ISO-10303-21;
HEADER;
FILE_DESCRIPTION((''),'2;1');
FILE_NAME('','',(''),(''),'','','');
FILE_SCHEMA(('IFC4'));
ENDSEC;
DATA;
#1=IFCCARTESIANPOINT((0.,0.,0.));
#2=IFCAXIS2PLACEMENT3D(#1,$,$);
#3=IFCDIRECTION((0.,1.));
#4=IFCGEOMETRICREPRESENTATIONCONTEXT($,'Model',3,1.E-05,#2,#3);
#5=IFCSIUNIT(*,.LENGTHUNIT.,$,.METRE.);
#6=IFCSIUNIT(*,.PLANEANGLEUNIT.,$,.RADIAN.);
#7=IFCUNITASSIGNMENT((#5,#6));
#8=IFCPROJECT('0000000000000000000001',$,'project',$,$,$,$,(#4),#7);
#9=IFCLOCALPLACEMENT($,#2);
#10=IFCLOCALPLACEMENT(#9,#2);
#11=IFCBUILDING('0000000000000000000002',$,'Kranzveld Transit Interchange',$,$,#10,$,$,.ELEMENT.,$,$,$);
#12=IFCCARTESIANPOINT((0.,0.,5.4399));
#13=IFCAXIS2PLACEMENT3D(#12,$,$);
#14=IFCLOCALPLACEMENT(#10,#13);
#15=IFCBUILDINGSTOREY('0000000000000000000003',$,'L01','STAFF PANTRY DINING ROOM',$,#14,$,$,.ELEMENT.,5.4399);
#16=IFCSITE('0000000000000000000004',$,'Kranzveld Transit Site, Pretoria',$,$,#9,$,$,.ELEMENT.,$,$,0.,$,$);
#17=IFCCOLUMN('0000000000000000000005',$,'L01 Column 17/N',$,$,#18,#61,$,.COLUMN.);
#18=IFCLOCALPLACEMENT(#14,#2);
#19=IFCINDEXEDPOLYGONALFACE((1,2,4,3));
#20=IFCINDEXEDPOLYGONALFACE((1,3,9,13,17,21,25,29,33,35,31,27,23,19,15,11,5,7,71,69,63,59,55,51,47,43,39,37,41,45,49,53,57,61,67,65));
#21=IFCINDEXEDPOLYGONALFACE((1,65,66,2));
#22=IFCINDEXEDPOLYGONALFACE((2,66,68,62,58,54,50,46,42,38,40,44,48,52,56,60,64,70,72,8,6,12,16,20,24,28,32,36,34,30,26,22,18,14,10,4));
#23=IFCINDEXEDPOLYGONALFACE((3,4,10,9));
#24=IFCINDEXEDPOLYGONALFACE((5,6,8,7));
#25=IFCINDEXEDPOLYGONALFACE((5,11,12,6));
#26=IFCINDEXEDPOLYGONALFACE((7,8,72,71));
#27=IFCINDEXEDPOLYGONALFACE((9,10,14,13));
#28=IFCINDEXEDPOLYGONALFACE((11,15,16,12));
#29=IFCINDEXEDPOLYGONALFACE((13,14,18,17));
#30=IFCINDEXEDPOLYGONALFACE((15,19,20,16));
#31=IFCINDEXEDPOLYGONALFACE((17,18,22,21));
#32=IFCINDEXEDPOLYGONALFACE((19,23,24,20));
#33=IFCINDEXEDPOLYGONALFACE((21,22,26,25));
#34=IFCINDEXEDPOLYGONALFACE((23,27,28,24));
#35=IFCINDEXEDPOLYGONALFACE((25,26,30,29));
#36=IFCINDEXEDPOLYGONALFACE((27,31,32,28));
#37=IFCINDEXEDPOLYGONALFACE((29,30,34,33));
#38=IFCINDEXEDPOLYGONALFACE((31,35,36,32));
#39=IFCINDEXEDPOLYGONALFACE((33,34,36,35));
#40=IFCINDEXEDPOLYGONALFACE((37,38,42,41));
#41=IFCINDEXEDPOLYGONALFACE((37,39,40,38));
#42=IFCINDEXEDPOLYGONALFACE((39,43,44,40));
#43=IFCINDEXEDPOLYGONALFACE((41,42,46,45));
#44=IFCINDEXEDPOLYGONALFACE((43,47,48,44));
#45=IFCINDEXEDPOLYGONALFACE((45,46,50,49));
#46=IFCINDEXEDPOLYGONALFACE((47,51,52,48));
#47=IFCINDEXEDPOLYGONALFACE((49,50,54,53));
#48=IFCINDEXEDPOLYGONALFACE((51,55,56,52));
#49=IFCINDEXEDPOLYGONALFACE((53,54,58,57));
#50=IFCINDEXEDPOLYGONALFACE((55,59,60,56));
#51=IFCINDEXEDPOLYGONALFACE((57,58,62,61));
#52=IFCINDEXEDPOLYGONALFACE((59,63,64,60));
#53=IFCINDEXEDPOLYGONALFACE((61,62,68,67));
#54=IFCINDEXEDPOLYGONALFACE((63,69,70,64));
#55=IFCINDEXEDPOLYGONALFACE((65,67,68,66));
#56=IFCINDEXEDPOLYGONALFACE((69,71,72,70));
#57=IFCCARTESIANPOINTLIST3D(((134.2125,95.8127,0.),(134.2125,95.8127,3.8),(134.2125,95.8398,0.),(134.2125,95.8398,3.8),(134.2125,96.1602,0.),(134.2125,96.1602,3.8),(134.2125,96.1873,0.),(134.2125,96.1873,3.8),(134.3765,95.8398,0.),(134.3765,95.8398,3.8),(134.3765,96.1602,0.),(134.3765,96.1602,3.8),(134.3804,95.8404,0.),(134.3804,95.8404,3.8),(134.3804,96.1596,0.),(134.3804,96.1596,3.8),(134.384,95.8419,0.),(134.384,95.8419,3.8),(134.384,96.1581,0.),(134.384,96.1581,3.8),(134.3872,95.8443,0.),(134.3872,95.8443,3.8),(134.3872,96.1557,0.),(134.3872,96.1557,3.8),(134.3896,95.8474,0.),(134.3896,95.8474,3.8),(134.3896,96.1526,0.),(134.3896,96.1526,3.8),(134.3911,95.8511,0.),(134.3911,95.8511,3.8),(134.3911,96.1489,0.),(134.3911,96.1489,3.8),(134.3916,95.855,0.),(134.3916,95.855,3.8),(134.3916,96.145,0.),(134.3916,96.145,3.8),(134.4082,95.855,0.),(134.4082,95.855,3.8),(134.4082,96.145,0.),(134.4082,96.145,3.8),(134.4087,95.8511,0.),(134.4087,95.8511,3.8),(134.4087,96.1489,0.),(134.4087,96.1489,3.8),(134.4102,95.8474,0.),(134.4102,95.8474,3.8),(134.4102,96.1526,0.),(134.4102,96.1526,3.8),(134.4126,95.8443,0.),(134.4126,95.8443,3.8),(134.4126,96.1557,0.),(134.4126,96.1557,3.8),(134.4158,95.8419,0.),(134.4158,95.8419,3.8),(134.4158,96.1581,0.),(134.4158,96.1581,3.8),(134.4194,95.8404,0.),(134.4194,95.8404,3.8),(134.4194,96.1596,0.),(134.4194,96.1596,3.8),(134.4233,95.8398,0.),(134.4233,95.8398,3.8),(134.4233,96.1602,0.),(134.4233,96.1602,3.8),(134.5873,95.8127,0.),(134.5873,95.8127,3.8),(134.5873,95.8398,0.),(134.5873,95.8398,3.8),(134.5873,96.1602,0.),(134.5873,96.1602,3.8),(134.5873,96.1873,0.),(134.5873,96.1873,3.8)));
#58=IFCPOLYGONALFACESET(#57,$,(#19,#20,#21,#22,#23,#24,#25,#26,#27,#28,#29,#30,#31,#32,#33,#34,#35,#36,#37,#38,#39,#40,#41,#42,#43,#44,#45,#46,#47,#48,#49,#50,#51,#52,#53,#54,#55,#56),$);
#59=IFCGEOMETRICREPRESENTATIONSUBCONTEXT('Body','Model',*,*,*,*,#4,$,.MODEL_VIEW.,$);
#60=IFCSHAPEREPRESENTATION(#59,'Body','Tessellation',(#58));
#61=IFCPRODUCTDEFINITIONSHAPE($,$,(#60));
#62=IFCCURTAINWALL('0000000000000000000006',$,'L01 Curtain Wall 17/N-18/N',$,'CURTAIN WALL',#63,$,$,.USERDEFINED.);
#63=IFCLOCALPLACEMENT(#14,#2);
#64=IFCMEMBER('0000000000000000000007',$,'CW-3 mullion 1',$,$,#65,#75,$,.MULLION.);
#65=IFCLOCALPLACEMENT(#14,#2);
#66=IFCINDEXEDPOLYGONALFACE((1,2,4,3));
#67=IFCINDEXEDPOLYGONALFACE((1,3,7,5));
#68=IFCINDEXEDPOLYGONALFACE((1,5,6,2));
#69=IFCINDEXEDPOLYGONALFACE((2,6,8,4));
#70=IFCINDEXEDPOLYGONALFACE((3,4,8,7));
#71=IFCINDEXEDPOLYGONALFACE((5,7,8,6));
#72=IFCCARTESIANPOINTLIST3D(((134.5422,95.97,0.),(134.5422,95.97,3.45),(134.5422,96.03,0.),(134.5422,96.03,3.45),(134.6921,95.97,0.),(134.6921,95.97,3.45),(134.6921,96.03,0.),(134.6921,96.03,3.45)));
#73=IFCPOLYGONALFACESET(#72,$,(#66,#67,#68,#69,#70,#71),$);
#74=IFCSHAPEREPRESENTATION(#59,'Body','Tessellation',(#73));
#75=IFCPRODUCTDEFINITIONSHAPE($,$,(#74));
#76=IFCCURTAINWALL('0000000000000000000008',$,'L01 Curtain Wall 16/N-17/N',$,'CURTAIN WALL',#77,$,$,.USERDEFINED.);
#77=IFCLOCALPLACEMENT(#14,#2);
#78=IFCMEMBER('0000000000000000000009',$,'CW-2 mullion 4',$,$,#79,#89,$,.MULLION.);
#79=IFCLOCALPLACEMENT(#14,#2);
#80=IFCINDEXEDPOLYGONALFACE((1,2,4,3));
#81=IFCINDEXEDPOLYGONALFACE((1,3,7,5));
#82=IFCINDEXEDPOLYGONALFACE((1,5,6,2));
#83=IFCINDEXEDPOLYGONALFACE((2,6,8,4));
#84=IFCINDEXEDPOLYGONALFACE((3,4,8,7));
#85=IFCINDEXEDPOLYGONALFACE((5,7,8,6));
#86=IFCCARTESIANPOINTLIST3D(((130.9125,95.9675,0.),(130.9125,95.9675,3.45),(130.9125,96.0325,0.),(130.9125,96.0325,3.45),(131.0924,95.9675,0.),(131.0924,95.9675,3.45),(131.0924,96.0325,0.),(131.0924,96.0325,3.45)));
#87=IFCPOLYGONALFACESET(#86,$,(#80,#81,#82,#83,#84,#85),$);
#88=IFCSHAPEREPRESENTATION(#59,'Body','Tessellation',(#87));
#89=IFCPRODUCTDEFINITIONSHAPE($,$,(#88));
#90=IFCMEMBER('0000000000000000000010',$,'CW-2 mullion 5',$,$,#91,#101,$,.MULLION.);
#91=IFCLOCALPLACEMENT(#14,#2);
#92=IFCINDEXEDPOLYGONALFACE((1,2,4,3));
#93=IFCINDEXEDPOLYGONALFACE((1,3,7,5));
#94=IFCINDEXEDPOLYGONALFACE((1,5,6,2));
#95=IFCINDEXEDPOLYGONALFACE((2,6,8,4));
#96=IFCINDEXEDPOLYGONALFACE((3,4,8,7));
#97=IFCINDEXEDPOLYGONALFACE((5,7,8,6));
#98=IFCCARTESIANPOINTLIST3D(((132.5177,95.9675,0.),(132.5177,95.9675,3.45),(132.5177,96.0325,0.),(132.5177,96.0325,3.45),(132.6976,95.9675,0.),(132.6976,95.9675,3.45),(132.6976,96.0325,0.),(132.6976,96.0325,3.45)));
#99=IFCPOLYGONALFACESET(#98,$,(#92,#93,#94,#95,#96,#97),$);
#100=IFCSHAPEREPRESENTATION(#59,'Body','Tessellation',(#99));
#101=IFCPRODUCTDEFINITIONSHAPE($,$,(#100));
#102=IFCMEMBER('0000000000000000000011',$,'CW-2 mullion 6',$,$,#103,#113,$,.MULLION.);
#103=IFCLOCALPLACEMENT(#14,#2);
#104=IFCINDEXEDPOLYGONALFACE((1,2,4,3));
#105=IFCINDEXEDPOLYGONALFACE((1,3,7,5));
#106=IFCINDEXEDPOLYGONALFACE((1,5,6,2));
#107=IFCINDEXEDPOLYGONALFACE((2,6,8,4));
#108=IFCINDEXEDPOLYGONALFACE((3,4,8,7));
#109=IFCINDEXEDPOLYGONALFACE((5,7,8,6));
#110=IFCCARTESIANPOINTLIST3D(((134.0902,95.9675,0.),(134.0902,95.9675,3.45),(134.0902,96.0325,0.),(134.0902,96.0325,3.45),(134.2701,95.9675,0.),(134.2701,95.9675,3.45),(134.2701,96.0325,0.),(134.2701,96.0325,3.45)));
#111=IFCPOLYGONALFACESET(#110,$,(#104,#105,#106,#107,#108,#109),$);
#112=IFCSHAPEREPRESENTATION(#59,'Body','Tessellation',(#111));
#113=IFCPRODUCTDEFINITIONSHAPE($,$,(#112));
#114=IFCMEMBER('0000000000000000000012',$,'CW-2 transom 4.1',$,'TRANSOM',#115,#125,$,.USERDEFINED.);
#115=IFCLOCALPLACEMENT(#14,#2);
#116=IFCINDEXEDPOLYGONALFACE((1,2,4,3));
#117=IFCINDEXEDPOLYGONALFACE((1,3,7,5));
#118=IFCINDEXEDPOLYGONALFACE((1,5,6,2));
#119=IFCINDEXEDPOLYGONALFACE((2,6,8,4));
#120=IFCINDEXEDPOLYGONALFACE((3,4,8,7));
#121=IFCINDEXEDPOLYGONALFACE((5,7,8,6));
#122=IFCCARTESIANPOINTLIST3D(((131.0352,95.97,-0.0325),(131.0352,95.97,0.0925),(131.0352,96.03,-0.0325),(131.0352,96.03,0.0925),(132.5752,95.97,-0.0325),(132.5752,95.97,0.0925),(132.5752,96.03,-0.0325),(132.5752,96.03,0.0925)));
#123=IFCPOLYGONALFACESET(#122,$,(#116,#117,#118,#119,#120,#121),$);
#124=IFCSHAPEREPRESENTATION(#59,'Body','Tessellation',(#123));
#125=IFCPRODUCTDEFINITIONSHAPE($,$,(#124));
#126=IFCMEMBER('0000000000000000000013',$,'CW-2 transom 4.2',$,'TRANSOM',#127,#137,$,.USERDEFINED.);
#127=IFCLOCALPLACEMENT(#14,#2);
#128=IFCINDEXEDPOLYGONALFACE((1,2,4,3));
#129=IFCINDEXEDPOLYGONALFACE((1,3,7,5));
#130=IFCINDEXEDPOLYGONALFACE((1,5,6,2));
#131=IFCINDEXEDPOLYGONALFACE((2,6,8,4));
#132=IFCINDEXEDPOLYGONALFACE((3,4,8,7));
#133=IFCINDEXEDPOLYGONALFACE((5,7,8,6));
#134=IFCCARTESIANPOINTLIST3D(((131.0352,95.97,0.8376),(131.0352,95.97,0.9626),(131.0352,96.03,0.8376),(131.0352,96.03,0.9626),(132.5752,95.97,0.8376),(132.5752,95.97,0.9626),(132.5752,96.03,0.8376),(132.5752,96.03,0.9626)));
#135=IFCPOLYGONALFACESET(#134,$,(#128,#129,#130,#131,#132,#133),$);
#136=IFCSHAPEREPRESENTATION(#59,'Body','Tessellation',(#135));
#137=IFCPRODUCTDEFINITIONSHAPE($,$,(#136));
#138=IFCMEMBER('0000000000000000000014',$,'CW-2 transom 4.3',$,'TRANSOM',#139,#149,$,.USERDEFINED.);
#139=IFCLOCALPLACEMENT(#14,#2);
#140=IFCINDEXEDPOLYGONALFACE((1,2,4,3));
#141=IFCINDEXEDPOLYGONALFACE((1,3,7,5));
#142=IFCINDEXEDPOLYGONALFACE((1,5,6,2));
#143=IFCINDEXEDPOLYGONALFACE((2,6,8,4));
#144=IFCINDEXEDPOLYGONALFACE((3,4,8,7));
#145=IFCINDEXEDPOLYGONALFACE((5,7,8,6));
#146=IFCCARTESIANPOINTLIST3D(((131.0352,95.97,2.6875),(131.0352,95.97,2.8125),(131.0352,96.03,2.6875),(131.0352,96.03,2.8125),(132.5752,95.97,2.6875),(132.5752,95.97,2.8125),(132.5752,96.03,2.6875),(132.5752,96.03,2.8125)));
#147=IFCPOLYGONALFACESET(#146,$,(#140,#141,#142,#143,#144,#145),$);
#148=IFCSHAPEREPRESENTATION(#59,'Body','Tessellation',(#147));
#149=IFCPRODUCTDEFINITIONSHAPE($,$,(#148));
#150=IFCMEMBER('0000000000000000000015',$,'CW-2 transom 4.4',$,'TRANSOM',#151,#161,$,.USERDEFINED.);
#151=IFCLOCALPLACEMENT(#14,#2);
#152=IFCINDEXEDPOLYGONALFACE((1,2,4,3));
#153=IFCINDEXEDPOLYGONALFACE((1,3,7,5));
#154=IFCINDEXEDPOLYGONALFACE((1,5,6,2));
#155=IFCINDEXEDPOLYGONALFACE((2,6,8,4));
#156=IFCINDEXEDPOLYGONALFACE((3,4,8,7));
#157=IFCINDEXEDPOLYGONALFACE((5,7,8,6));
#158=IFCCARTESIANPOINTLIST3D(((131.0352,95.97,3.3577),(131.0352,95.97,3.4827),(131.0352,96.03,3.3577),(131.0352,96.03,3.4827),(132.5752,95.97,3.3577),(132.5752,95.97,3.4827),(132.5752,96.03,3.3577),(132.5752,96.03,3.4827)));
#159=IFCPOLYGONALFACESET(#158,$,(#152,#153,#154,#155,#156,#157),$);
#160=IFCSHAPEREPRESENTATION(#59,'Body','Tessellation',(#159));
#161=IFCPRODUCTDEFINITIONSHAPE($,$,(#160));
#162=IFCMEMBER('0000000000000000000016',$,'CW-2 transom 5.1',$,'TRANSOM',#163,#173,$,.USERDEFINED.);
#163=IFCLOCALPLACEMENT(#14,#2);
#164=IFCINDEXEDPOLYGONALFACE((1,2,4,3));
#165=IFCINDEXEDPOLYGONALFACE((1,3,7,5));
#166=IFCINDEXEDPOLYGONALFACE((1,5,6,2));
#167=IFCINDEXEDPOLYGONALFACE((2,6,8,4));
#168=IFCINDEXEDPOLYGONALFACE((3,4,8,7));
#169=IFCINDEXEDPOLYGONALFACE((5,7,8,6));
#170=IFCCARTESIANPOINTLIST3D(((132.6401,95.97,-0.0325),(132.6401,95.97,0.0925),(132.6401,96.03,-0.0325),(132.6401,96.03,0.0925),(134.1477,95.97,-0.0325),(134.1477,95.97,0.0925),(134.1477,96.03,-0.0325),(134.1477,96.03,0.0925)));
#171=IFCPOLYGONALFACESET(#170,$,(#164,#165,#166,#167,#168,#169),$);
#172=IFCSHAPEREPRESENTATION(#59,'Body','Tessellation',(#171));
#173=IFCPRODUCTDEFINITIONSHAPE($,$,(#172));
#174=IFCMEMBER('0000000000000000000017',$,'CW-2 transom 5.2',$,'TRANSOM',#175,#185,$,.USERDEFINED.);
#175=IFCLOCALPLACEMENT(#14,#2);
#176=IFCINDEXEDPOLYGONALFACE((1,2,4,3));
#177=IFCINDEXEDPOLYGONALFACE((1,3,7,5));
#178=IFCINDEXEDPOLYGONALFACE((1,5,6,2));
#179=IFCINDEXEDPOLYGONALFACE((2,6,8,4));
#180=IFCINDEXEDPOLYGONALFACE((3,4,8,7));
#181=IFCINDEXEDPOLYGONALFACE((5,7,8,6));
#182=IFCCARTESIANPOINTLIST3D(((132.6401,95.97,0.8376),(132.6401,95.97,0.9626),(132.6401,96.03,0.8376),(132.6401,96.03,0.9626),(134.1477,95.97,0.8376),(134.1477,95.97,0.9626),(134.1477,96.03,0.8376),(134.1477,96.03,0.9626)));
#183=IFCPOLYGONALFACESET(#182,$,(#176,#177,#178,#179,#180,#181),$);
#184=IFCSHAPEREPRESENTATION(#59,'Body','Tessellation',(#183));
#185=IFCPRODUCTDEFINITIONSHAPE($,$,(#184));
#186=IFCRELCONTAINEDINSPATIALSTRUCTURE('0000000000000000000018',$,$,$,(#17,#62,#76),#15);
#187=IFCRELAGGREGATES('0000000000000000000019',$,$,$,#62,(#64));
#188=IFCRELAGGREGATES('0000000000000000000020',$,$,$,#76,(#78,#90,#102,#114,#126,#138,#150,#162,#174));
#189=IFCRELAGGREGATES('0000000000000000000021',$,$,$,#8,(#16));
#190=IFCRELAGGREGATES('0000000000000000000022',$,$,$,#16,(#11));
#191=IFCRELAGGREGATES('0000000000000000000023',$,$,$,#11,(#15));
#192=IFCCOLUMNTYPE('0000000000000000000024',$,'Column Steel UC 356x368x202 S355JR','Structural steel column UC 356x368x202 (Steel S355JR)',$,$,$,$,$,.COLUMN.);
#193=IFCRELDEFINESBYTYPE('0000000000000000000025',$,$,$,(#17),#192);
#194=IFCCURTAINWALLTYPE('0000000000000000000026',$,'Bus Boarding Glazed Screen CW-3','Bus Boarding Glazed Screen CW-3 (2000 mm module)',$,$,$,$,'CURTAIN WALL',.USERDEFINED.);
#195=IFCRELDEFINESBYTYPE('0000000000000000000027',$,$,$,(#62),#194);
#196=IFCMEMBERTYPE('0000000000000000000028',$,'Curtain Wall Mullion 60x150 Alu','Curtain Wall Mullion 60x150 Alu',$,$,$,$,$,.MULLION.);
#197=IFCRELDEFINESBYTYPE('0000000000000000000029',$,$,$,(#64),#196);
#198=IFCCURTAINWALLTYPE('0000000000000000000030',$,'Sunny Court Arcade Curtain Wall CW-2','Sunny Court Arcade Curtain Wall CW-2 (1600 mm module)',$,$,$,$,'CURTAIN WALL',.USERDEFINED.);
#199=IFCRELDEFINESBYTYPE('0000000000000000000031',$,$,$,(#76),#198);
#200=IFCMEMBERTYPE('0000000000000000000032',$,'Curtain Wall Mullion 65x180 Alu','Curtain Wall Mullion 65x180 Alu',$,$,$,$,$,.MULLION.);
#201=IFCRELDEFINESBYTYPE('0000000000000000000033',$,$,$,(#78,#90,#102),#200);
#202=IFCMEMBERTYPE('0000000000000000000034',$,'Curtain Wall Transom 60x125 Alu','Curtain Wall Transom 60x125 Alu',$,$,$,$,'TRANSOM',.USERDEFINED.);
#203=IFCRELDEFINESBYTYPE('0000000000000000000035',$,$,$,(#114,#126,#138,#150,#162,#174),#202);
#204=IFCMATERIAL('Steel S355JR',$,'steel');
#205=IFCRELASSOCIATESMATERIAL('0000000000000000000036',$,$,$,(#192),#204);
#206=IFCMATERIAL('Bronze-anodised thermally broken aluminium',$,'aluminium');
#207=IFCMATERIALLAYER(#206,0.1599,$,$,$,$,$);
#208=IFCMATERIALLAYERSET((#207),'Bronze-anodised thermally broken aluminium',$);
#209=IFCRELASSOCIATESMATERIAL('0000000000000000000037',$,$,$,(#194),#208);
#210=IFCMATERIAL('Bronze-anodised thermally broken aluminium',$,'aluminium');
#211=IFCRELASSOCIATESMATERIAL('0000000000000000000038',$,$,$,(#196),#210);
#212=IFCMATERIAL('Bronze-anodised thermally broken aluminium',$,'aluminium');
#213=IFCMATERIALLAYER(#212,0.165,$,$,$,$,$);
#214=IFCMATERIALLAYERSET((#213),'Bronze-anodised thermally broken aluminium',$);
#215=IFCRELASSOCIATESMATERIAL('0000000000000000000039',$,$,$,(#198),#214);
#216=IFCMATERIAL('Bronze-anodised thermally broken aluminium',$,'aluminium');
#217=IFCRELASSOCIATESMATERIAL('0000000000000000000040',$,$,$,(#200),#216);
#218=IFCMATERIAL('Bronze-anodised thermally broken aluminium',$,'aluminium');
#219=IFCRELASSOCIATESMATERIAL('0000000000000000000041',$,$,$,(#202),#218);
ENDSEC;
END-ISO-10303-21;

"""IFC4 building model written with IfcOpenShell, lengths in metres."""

from ifc_helpers import new_model, si_unit, direction, frame, origin, origin_2d, place, context, subcontext, project, spatial, rectangle, i_section, extrude, material, layer, layer_set, material_profile, profile_set, type_object, element, aggregate, save


model = new_model("IFC4")

# Units and contexts
model_context = context("Model", 3, precision=1e-05, world=origin(), true_north=direction((0.0, 1.0)))
body_context = subcontext(model_context, "Body", "Model", "MODEL_VIEW")
ifc_project = project(units=[si_unit("LENGTHUNIT", "METRE"), si_unit("PLANEANGLEUNIT", "RADIAN")], contexts=[model_context])

# Site, building, storey
site_placement = place(None, origin())
site = spatial("IfcSite", under=ifc_project, at=site_placement, Name="Kranzveld Transit Site, Pretoria", CompositionType="ELEMENT", RefElevation=0.0)
building_placement = place(site_placement, origin())
building = spatial("IfcBuilding", under=site, at=building_placement, Name="Kranzveld Transit Interchange", CompositionType="ELEMENT")
storey_placement = place(building_placement, frame((0.0, 0.0, 5.4399)))
storey = spatial("IfcBuildingStorey", under=building, at=storey_placement, Name="L01", Description="STAFF PANTRY DINING ROOM", CompositionType="ELEMENT", Elevation=5.4399)

# Column
ifc_material_1 = material(Name="Steel S355JR", Category="steel")
ifc_material_profile_1 = material_profile(ifc_material_1, i_section(OverallWidth=0.3748, OverallDepth=0.3745, WebThickness=0.0166, FlangeThickness=0.0271, FilletRadius=0.0151, at=origin_2d()), Name="UC 356x368x202")
ifc_profile_set_1 = profile_set([ifc_material_profile_1], Name="Steel S355JR")
column_type = type_object("IfcColumnType", Name="Column Steel UC 356x368x202 S355JR", Description="Structural steel column UC 356x368x202 (Steel S355JR)", PredefinedType="COLUMN", material=ifc_profile_set_1)
column_placement = place(storey_placement, frame((134.3999, 96.0, 0.0), z_axis=(0.0, 0.0, 1.0), x_axis=(1.0, 0.0, 0.0)))
element("IfcColumn", 1, at=column_placement, inside=storey, type_object=column_type, Name="L01 Column 17/N", PredefinedType="COLUMN", context=body_context, shape_type="SweptSolid", body=[
    extrude(i_section(OverallWidth=0.3748, OverallDepth=0.3745, WebThickness=0.0166, FlangeThickness=0.0271, FilletRadius=0.0151, at=origin_2d()), origin(), (0.0, 0.0, 1.0), 3.8),
])

# Curtain wall, member
ifc_material_2 = material(Name="Bronze-anodised thermally broken aluminium", Category="aluminium")
ifc_layer_1 = layer(ifc_material_2, 0.1599)
ifc_layer_set_1 = layer_set([ifc_layer_1], Name="Bronze-anodised thermally broken aluminium")
curtain_wall_type_1 = type_object("IfcCurtainWallType", Name="Bus Boarding Glazed Screen CW-3", Description="Bus Boarding Glazed Screen CW-3 (2000 mm module)", ElementType="CURTAIN WALL", PredefinedType="USERDEFINED", material=ifc_layer_set_1)
curtain_wall_1_placement = place(storey_placement, origin())
curtain_wall_1 = element("IfcCurtainWall", 2, at=curtain_wall_1_placement, inside=storey, type_object=curtain_wall_type_1, Name="L01 Curtain Wall 17/N-18/N", ObjectType="CURTAIN WALL", PredefinedType="USERDEFINED")
ifc_material_3 = material(Name="Bronze-anodised thermally broken aluminium", Category="aluminium")
ifc_material_profile_2 = material_profile(ifc_material_3, rectangle(XDim=0.0601, YDim=0.1499, at=origin_2d()), Name="ALU MULLION 60x150")
ifc_profile_set_2 = profile_set([ifc_material_profile_2], Name="Bronze-anodised thermally broken aluminium")
member_type_1 = type_object("IfcMemberType", Name="Curtain Wall Mullion 60x150 Alu", Description="Curtain Wall Mullion 60x150 Alu", PredefinedType="MULLION", material=ifc_profile_set_2)
member_1_placement = place(storey_placement, frame((134.6172, 96.0, 0.0), z_axis=(0.0, 0.0, 1.0), x_axis=(0.0, 1.0, 0.0)))
member_1 = element("IfcMember", 3, at=member_1_placement, type_object=member_type_1, Name="CW-3 mullion 1", PredefinedType="MULLION", context=body_context, shape_type="SweptSolid", body=[
    extrude(rectangle(XDim=0.0601, YDim=0.1499, at=origin_2d()), origin(), (0.0, 0.0, 1.0), 3.45),
])

# Curtain wall, members
ifc_material_4 = material(Name="Bronze-anodised thermally broken aluminium", Category="aluminium")
ifc_layer_2 = layer(ifc_material_4, 0.165)
ifc_layer_set_2 = layer_set([ifc_layer_2], Name="Bronze-anodised thermally broken aluminium")
curtain_wall_type_2 = type_object("IfcCurtainWallType", Name="Sunny Court Arcade Curtain Wall CW-2", Description="Sunny Court Arcade Curtain Wall CW-2 (1600 mm module)", ElementType="CURTAIN WALL", PredefinedType="USERDEFINED", material=ifc_layer_set_2)
curtain_wall_2_placement = place(storey_placement, origin())
curtain_wall_2 = element("IfcCurtainWall", 4, at=curtain_wall_2_placement, inside=storey, type_object=curtain_wall_type_2, Name="L01 Curtain Wall 16/N-17/N", ObjectType="CURTAIN WALL", PredefinedType="USERDEFINED")
ifc_material_5 = material(Name="Bronze-anodised thermally broken aluminium", Category="aluminium")
ifc_material_profile_3 = material_profile(ifc_material_5, rectangle(XDim=0.0649, YDim=0.1799, at=origin_2d()), Name="ALU MULLION 65x180")
ifc_profile_set_3 = profile_set([ifc_material_profile_3], Name="Bronze-anodised thermally broken aluminium")
member_type_2 = type_object("IfcMemberType", Name="Curtain Wall Mullion 65x180 Alu", Description="Curtain Wall Mullion 65x180 Alu", PredefinedType="MULLION", material=ifc_profile_set_3)
member_2_placement = place(storey_placement, frame((131.0024, 96.0, 0.0), z_axis=(0.0, 0.0, 1.0), x_axis=(0.0, 1.0, 0.0)))
member_2 = element("IfcMember", 5, at=member_2_placement, type_object=member_type_2, Name="CW-2 mullion 4", PredefinedType="MULLION", context=body_context, shape_type="SweptSolid", body=[
    extrude(rectangle(XDim=0.0649, YDim=0.1799, at=origin_2d()), origin(), (0.0, 0.0, 1.0), 3.45),
])
member_3_placement = place(storey_placement, frame((132.6077, 96.0, 0.0), z_axis=(0.0, 0.0, 1.0), x_axis=(0.0, 1.0, 0.0)))
member_3 = element("IfcMember", 6, at=member_3_placement, type_object=member_type_2, Name="CW-2 mullion 5", PredefinedType="MULLION", context=body_context, shape_type="SweptSolid", body=[
    extrude(rectangle(XDim=0.0649, YDim=0.1799, at=origin_2d()), origin(), (0.0, 0.0, 1.0), 3.45),
])
member_4_placement = place(storey_placement, frame((134.1802, 96.0, 0.0), z_axis=(0.0, 0.0, 1.0), x_axis=(0.0, 1.0, 0.0)))
member_4 = element("IfcMember", 7, at=member_4_placement, type_object=member_type_2, Name="CW-2 mullion 6", PredefinedType="MULLION", context=body_context, shape_type="SweptSolid", body=[
    extrude(rectangle(XDim=0.0649, YDim=0.1799, at=origin_2d()), origin(), (0.0, 0.0, 1.0), 3.45),
])
ifc_material_6 = material(Name="Bronze-anodised thermally broken aluminium", Category="aluminium")
ifc_material_profile_4 = material_profile(ifc_material_6, rectangle(XDim=0.0601, YDim=0.125, at=origin_2d()), Name="ALU TRANSOM 60x125")
ifc_profile_set_4 = profile_set([ifc_material_profile_4], Name="Bronze-anodised thermally broken aluminium")
member_type_3 = type_object("IfcMemberType", Name="Curtain Wall Transom 60x125 Alu", Description="Curtain Wall Transom 60x125 Alu", ElementType="TRANSOM", PredefinedType="USERDEFINED", material=ifc_profile_set_4)
member_5_placement = place(storey_placement, frame((131.0352, 96.0, 0.03), z_axis=(1.0, 0.0, 0.0), x_axis=(0.0, 1.0, 0.0)))
member_5 = element("IfcMember", 8, at=member_5_placement, type_object=member_type_3, Name="CW-2 transom 4.1", ObjectType="TRANSOM", PredefinedType="USERDEFINED", context=body_context, shape_type="SweptSolid", body=[
    extrude(rectangle(XDim=0.0601, YDim=0.125, at=origin_2d()), origin(), (0.0, 0.0, 1.0), 1.54),
])
member_6_placement = place(storey_placement, frame((131.0352, 96.0, 0.9001), z_axis=(1.0, 0.0, 0.0), x_axis=(0.0, 1.0, 0.0)))
member_6 = element("IfcMember", 9, at=member_6_placement, type_object=member_type_3, Name="CW-2 transom 4.2", ObjectType="TRANSOM", PredefinedType="USERDEFINED", context=body_context, shape_type="SweptSolid", body=[
    extrude(rectangle(XDim=0.0601, YDim=0.125, at=origin_2d()), origin(), (0.0, 0.0, 1.0), 1.54),
])
member_7_placement = place(storey_placement, frame((131.0352, 96.0, 2.75), z_axis=(1.0, 0.0, 0.0), x_axis=(0.0, 1.0, 0.0)))
member_7 = element("IfcMember", 10, at=member_7_placement, type_object=member_type_3, Name="CW-2 transom 4.3", ObjectType="TRANSOM", PredefinedType="USERDEFINED", context=body_context, shape_type="SweptSolid", body=[
    extrude(rectangle(XDim=0.0601, YDim=0.125, at=origin_2d()), origin(), (0.0, 0.0, 1.0), 1.54),
])
member_8_placement = place(storey_placement, frame((131.0352, 96.0, 3.4202), z_axis=(1.0, 0.0, 0.0), x_axis=(0.0, 1.0, 0.0)))
member_8 = element("IfcMember", 11, at=member_8_placement, type_object=member_type_3, Name="CW-2 transom 4.4", ObjectType="TRANSOM", PredefinedType="USERDEFINED", context=body_context, shape_type="SweptSolid", body=[
    extrude(rectangle(XDim=0.0601, YDim=0.125, at=origin_2d()), origin(), (0.0, 0.0, 1.0), 1.54),
])
member_9_placement = place(storey_placement, frame((132.6401, 96.0, 0.03), z_axis=(1.0, 0.0, 0.0), x_axis=(0.0, 1.0, 0.0)))
member_9 = element("IfcMember", 12, at=member_9_placement, type_object=member_type_3, Name="CW-2 transom 5.1", ObjectType="TRANSOM", PredefinedType="USERDEFINED", context=body_context, shape_type="SweptSolid", body=[
    extrude(rectangle(XDim=0.0601, YDim=0.125, at=origin_2d()), origin(), (0.0, 0.0, 1.0), 1.5076),
])
member_10_placement = place(storey_placement, frame((132.6401, 96.0, 0.9001), z_axis=(1.0, 0.0, 0.0), x_axis=(0.0, 1.0, 0.0)))
member_10 = element("IfcMember", 13, at=member_10_placement, type_object=member_type_3, Name="CW-2 transom 5.2", ObjectType="TRANSOM", PredefinedType="USERDEFINED", context=body_context, shape_type="SweptSolid", body=[
    extrude(rectangle(XDim=0.0601, YDim=0.125, at=origin_2d()), origin(), (0.0, 0.0, 1.0), 1.5076),
])

aggregate(curtain_wall_1, [member_1])

aggregate(curtain_wall_2, [member_2, member_3, member_4, member_5, member_6, member_7, member_8, member_9, member_10])

save(model, "model.ifc")
